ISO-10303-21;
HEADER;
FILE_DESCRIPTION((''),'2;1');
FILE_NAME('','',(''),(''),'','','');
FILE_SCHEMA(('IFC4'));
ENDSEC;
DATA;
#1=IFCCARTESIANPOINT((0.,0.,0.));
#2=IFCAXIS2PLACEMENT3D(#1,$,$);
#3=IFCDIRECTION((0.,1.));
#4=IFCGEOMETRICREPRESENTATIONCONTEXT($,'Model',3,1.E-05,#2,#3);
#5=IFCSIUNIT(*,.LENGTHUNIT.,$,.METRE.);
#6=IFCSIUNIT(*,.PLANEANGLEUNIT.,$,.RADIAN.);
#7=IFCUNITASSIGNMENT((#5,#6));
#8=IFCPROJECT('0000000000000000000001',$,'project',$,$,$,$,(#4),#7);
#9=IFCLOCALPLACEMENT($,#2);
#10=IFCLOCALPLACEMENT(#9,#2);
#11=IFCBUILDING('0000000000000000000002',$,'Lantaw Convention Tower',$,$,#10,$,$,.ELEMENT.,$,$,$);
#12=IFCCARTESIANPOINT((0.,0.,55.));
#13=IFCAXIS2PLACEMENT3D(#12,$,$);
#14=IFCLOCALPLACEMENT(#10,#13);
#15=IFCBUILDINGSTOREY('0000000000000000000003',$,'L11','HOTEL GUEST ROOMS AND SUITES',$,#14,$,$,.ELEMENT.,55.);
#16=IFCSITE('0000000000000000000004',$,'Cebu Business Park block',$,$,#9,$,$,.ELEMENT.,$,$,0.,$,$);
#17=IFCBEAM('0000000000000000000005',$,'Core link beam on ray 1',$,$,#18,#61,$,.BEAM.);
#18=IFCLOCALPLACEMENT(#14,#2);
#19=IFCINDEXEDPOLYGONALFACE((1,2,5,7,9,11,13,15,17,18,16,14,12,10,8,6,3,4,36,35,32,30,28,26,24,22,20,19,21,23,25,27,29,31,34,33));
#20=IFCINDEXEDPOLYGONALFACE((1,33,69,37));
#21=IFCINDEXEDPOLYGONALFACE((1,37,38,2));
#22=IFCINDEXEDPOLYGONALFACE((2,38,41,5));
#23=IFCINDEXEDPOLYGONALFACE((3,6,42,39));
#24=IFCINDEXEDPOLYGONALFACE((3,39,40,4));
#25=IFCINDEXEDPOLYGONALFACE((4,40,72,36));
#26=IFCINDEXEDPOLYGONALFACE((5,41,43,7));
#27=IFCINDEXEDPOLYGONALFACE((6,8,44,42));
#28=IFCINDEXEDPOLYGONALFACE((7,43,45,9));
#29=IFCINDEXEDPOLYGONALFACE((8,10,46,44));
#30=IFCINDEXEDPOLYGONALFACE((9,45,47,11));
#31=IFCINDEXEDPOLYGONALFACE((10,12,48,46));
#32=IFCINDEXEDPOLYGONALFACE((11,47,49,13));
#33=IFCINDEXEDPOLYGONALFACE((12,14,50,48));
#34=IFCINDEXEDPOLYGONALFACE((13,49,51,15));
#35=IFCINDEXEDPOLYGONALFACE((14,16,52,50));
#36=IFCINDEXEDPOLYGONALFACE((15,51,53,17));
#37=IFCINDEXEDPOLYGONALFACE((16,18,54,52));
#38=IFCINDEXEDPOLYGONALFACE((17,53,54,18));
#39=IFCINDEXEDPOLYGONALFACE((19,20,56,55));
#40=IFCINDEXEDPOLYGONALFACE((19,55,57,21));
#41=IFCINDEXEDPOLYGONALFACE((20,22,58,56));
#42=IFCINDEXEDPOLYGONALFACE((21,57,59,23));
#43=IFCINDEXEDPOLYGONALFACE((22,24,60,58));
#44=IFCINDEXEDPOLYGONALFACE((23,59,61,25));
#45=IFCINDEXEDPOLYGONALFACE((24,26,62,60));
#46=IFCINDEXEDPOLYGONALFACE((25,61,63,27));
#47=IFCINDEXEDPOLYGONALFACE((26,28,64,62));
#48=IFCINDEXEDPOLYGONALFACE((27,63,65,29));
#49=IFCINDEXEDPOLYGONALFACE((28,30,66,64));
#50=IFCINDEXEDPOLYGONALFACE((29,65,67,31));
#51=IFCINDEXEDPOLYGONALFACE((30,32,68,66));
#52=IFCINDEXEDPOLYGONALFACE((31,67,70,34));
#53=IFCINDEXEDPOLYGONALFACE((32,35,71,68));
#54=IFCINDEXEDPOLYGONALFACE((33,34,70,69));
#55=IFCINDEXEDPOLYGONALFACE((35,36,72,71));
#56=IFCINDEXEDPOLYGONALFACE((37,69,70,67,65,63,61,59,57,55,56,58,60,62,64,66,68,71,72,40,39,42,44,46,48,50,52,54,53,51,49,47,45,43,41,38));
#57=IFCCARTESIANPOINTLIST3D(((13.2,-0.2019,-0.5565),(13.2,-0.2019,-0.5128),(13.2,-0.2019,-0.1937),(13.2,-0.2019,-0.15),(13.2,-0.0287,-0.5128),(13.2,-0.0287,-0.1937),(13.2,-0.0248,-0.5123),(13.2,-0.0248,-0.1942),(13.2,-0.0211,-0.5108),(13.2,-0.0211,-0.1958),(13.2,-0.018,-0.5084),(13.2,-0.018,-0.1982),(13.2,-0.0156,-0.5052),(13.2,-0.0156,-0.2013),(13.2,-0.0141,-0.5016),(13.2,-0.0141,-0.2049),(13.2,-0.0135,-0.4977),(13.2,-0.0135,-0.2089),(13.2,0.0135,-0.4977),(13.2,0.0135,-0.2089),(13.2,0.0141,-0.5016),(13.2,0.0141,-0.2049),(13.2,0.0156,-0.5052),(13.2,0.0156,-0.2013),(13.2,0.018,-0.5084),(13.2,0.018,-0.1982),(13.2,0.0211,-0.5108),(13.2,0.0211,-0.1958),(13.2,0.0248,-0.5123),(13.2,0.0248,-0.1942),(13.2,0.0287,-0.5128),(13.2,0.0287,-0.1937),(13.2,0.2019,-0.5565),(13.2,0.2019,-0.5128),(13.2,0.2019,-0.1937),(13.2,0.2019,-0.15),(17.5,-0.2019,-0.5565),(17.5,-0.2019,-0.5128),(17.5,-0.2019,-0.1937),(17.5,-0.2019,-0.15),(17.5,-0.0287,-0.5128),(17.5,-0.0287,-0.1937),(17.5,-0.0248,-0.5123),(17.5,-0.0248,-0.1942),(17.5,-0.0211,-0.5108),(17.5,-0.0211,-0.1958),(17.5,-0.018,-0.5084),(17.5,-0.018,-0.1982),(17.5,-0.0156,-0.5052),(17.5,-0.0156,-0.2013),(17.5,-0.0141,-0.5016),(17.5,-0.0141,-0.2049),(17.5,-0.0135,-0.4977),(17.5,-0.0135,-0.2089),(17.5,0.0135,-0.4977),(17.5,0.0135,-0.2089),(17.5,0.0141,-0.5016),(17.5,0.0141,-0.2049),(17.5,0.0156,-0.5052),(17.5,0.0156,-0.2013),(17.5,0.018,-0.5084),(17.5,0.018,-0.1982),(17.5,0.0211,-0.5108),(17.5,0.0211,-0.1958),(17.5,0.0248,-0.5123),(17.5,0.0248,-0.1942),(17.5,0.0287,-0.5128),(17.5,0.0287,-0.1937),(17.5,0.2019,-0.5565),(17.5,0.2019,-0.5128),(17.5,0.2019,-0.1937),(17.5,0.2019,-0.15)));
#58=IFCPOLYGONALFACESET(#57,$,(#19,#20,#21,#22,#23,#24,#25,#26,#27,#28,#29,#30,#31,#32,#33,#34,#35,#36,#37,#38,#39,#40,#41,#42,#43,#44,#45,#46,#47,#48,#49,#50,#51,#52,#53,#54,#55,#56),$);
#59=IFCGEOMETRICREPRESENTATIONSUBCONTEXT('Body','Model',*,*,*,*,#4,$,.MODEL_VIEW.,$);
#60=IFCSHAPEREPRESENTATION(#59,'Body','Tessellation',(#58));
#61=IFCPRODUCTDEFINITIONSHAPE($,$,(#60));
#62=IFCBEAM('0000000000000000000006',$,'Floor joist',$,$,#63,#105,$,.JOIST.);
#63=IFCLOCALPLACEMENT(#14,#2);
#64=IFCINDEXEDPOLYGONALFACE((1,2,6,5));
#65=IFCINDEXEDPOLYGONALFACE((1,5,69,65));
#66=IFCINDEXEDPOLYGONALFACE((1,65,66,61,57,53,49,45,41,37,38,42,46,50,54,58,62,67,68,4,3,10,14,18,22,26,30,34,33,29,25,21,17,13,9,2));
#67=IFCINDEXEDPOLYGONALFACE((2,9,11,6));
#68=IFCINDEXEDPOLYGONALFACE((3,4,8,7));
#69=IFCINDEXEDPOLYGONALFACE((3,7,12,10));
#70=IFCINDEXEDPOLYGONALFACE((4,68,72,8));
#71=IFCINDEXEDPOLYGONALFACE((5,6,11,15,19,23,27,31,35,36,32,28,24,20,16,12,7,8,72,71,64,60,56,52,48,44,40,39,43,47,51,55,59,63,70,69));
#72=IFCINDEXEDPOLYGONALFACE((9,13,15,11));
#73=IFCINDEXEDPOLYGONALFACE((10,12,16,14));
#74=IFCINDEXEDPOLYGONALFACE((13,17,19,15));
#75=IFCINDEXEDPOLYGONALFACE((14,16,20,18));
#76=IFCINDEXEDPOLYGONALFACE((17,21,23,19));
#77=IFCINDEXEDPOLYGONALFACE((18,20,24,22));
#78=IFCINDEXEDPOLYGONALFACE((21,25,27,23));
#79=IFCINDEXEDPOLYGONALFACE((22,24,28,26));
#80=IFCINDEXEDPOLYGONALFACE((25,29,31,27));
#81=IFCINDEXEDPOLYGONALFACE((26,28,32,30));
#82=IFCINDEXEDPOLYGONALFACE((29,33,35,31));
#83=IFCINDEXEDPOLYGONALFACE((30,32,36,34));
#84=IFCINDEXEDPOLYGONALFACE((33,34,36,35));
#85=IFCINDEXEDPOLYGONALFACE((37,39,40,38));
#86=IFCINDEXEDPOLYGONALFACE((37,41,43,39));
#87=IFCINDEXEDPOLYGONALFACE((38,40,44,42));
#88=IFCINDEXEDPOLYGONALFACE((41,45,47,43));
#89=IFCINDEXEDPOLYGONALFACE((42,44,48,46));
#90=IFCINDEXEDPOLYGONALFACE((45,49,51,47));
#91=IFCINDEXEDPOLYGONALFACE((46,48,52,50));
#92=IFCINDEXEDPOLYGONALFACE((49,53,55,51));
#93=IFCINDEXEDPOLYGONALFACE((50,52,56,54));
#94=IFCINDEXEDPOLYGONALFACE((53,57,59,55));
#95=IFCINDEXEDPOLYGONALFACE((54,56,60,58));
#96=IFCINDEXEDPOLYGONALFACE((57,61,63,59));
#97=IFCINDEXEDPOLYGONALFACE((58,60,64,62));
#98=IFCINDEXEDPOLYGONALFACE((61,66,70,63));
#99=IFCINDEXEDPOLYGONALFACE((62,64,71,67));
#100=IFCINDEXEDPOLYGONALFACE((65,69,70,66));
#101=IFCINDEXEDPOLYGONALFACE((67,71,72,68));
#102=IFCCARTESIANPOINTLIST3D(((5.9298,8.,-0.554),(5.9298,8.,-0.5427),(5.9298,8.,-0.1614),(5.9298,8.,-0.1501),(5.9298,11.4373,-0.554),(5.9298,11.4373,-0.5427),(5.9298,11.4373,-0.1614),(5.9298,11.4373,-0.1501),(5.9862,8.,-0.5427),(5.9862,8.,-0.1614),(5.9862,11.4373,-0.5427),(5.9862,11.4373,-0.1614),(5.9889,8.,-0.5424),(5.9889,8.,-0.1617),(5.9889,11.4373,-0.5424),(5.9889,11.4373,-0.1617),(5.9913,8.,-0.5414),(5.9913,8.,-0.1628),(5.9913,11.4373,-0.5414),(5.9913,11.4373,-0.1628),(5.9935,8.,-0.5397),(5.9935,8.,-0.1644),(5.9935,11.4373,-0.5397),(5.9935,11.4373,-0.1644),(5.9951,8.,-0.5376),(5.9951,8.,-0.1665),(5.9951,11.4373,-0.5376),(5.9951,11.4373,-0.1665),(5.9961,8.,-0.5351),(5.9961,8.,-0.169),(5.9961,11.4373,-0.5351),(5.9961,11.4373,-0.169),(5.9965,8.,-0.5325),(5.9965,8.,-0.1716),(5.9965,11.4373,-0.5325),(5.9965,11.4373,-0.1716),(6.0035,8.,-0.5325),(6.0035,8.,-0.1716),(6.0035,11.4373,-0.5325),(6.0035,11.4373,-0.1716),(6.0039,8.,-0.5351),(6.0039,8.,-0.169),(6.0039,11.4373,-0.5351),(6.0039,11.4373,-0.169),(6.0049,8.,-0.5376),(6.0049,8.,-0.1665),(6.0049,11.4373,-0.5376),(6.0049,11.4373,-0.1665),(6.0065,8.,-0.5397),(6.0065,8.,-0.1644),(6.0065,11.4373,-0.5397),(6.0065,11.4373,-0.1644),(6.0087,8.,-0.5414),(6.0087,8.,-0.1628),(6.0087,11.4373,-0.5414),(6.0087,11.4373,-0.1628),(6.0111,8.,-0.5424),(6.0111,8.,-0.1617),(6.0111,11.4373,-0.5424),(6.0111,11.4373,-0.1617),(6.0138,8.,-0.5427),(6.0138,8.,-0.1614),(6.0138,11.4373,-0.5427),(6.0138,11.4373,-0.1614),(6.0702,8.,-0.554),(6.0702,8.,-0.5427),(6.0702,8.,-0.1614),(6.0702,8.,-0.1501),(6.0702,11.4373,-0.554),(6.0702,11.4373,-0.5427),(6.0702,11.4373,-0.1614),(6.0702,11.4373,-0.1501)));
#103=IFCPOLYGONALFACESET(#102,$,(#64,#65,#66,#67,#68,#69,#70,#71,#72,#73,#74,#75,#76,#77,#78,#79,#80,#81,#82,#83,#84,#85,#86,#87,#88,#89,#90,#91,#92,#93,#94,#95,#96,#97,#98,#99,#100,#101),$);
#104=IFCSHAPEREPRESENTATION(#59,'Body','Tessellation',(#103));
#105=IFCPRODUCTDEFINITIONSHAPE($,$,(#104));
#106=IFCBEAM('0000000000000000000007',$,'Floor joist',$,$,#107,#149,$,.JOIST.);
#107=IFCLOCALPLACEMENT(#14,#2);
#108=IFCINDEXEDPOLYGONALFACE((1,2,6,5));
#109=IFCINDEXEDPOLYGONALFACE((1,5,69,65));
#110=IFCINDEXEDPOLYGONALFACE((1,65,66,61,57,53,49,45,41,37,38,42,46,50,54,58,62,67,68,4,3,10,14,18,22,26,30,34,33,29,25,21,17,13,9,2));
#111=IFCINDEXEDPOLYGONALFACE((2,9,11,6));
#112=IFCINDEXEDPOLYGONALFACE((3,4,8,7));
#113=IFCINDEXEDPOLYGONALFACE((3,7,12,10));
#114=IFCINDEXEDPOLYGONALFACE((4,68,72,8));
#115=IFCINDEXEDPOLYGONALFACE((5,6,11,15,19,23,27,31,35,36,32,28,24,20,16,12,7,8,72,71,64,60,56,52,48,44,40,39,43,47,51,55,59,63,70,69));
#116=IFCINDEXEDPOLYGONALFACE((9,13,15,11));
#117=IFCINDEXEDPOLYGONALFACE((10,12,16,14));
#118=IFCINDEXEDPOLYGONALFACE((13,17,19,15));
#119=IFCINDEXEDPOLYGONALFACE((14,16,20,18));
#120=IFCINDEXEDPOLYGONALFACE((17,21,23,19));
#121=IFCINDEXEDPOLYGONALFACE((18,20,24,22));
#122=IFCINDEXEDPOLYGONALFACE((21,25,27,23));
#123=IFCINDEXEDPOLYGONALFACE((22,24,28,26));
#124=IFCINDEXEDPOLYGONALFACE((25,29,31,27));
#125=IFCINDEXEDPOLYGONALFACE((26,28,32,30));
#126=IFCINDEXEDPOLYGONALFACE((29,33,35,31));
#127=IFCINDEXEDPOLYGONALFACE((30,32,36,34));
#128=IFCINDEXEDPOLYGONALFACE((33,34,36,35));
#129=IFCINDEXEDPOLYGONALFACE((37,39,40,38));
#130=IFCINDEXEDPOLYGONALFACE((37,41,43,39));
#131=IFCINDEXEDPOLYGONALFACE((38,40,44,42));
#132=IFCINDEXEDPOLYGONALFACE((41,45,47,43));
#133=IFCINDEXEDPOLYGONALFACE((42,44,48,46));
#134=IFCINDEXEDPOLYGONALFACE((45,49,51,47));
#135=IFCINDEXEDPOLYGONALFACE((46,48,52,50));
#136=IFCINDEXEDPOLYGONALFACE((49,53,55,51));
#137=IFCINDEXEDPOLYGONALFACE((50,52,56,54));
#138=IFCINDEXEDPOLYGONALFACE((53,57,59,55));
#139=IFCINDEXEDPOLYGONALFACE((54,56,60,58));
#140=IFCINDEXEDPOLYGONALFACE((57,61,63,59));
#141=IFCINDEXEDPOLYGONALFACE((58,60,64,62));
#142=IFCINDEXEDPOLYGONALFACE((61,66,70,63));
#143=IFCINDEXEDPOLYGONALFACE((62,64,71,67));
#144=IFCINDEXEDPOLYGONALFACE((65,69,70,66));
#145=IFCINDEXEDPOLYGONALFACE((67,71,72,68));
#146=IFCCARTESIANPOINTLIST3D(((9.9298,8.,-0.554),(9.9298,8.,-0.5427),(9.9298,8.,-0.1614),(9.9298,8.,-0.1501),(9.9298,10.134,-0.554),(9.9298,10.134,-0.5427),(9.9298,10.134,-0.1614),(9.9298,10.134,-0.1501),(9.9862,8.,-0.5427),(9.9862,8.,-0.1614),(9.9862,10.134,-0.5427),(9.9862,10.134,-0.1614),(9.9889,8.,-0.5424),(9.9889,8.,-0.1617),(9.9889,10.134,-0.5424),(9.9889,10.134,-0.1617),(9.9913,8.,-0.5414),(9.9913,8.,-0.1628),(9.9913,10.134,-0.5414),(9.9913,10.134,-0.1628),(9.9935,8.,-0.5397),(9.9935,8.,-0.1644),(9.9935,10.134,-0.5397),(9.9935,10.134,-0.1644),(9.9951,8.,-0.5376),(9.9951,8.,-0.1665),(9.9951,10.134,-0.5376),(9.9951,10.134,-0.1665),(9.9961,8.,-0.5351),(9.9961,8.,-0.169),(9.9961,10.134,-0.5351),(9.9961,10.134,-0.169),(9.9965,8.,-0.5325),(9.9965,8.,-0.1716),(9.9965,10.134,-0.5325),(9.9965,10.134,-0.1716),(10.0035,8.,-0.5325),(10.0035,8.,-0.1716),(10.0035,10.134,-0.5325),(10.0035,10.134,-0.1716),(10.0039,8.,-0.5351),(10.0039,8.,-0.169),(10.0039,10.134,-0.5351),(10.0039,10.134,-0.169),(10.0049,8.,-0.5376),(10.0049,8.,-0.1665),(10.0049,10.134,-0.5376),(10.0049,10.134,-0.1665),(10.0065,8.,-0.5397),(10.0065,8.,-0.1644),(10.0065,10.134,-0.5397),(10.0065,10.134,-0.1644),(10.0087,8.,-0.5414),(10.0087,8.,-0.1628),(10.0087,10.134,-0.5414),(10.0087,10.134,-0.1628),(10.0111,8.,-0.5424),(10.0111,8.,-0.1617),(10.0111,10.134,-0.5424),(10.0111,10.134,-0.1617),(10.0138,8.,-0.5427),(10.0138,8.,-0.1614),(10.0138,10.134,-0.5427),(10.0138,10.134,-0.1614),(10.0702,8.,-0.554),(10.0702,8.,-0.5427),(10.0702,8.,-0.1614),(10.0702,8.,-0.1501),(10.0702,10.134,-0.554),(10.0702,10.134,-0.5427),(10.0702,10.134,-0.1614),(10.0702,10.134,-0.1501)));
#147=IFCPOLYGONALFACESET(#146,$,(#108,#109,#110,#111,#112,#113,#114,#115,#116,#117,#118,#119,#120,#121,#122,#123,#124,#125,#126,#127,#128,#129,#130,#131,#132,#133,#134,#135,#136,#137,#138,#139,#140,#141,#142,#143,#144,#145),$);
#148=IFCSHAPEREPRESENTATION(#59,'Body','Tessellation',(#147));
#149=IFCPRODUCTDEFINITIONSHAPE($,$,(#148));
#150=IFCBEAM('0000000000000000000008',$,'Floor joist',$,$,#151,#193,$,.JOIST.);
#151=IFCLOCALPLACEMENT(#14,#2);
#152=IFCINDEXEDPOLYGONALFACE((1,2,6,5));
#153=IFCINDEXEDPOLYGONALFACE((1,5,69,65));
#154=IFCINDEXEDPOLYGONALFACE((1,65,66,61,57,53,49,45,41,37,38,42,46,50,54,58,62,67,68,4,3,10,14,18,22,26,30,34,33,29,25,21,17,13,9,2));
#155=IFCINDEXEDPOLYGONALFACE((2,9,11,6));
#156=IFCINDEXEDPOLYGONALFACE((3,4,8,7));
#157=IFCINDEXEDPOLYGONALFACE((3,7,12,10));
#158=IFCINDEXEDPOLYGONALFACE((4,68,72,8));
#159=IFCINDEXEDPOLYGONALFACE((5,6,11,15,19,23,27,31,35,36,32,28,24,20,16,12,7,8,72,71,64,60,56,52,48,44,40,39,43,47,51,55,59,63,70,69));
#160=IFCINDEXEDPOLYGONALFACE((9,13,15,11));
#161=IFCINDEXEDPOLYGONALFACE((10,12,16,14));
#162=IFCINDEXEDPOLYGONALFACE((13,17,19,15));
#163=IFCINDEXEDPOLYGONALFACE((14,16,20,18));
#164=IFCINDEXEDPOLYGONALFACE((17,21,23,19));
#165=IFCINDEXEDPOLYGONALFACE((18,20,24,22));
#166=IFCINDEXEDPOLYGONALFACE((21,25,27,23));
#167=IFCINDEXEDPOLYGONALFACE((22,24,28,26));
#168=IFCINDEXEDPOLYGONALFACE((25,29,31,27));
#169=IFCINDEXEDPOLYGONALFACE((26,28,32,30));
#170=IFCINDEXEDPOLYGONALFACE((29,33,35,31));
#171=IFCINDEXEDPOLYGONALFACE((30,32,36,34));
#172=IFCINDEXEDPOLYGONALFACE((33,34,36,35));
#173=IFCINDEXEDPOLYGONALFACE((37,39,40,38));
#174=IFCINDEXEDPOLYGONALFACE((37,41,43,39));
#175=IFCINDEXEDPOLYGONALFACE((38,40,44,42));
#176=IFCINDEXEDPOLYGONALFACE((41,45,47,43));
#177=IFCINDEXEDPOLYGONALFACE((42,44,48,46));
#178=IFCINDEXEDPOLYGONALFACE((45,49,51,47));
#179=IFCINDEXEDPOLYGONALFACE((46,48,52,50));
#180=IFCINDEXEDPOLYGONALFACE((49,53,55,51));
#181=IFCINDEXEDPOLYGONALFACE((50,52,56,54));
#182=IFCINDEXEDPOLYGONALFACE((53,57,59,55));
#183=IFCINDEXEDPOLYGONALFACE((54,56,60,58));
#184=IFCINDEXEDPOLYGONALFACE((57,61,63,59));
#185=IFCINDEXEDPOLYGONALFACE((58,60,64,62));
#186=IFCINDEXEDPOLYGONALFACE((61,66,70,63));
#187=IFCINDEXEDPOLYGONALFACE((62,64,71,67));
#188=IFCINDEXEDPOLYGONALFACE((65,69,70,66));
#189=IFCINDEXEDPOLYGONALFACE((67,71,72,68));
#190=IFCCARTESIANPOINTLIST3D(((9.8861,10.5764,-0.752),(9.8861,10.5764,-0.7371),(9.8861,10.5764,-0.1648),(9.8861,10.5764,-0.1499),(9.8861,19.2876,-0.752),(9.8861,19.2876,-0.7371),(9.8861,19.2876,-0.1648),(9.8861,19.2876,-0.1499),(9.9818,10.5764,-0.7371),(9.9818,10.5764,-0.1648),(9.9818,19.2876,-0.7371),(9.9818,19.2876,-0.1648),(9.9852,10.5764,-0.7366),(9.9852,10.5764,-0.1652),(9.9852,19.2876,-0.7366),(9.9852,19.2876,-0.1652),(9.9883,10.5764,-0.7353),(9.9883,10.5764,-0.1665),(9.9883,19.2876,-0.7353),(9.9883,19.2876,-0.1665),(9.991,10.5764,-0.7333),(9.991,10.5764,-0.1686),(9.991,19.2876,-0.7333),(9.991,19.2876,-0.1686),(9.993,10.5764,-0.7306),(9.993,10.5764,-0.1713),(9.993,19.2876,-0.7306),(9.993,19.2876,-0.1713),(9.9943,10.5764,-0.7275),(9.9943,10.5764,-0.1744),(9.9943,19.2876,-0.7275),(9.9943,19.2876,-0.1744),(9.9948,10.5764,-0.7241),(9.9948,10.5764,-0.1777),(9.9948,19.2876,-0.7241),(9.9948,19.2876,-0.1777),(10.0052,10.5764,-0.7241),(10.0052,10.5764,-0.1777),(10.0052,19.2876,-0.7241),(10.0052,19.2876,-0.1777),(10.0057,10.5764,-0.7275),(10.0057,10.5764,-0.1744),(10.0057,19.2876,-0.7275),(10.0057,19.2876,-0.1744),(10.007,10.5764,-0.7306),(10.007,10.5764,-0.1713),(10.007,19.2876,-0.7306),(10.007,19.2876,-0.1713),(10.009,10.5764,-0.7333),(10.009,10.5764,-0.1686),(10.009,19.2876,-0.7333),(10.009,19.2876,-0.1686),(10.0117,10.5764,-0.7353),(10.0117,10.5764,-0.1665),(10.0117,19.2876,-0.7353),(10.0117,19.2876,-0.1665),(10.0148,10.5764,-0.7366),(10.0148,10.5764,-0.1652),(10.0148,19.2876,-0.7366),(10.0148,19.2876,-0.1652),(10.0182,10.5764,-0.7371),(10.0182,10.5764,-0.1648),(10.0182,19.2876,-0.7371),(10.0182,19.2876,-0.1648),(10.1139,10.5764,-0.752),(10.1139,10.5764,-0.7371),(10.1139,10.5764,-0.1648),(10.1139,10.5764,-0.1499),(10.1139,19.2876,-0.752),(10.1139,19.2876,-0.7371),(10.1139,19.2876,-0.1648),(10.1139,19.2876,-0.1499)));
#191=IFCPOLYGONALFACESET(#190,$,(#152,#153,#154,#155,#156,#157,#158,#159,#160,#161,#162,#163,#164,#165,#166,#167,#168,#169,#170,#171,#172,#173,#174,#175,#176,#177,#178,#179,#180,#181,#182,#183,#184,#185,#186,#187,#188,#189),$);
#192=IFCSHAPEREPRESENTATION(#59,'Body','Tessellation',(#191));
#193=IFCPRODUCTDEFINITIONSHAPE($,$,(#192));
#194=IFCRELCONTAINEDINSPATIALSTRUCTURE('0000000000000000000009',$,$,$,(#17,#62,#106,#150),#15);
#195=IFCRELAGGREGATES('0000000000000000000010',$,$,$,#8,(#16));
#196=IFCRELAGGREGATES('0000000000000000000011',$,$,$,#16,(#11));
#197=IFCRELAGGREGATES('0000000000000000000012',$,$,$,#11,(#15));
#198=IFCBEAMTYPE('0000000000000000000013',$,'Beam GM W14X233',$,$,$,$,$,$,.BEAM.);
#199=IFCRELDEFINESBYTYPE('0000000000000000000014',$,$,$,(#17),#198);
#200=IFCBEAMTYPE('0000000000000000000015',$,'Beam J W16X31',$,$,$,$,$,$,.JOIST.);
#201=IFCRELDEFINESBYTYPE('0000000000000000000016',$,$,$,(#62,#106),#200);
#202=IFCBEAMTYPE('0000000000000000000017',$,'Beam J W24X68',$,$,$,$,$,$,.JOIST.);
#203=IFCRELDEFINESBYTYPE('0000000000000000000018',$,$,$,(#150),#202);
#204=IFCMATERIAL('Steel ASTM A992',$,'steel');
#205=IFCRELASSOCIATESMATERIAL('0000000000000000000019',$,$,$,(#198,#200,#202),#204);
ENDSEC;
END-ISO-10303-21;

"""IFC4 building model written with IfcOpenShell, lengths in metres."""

from ifc_helpers import new_model, si_unit, direction, frame, origin, origin_2d, place, context, subcontext, project, spatial, i_section, extrude, material, material_profile, profile_set, type_object, element, save


model = new_model("IFC4")

# Units and contexts
model_context = context("Model", 3, precision=1e-05, world=origin(), true_north=direction((0.0, 1.0)))
body_context = subcontext(model_context, "Body", "Model", "MODEL_VIEW")
ifc_project = project(units=[si_unit("LENGTHUNIT", "METRE"), si_unit("PLANEANGLEUNIT", "RADIAN")], contexts=[model_context])

# Site, building, storey
site_placement = place(None, origin())
site = spatial("IfcSite", under=ifc_project, at=site_placement, Name="Cebu Business Park block", CompositionType="ELEMENT", RefElevation=0.0)
building_placement = place(site_placement, origin())
building = spatial("IfcBuilding", under=site, at=building_placement, Name="Lantaw Convention Tower", CompositionType="ELEMENT")
storey_placement = place(building_placement, frame((0.0, 0.0, 55.0)))
storey = spatial("IfcBuildingStorey", under=building, at=storey_placement, Name="L11", Description="HOTEL GUEST ROOMS AND SUITES", CompositionType="ELEMENT", Elevation=55.0)

# Beams
ifc_material_1 = material(Name="Steel ASTM A992", Category="steel")
ifc_material_profile_1 = material_profile(ifc_material_1, i_section(OverallWidth=0.4038, OverallDepth=0.4065, WebThickness=0.0271, FlangeThickness=0.0437, FilletRadius=0.0151, at=origin_2d()), Name="W14X233")
ifc_profile_set_1 = profile_set([ifc_material_profile_1], Name="Steel ASTM A992")
beam_type_1 = type_object("IfcBeamType", Name="Beam GM W14X233", PredefinedType="BEAM", material=ifc_profile_set_1)
beam_1_placement = place(storey_placement, frame((13.2, 0.0, -0.3533), z_axis=(1.0, 0.0, 0.0), x_axis=(0.0, 1.0, 0.0)))
element("IfcBeam", 1, at=beam_1_placement, inside=storey, type_object=beam_type_1, Name="Core link beam on ray 1", PredefinedType="BEAM", context=body_context, shape_type="SweptSolid", body=[
    extrude(i_section(OverallWidth=0.4038, OverallDepth=0.4065, WebThickness=0.0271, FlangeThickness=0.0437, FilletRadius=0.0151, at=origin_2d()), origin(), (0.0, 0.0, 1.0), 4.3),
])
ifc_material_profile_2 = material_profile(ifc_material_1, i_section(OverallWidth=0.1404, OverallDepth=0.4038, WebThickness=0.0071, FlangeThickness=0.0112, FilletRadius=0.0103, at=origin_2d()), Name="W16X31")
ifc_profile_set_2 = profile_set([ifc_material_profile_2], Name="Steel ASTM A992")
beam_type_2 = type_object("IfcBeamType", Name="Beam J W16X31", PredefinedType="JOIST", material=ifc_profile_set_2)
beam_2_placement = place(storey_placement, frame((6.0, 8.0, -0.3521), z_axis=(0.0, 1.0, 0.0), x_axis=(-1.0, 0.0, 0.0)))
element("IfcBeam", 2, at=beam_2_placement, inside=storey, type_object=beam_type_2, Name="Floor joist", PredefinedType="JOIST", context=body_context, shape_type="SweptSolid", body=[
    extrude(i_section(OverallWidth=0.1404, OverallDepth=0.4038, WebThickness=0.0071, FlangeThickness=0.0112, FilletRadius=0.0103, at=origin_2d()), origin(), (0.0, 0.0, 1.0), 3.4373),
])
beam_3_placement = place(storey_placement, frame((10.0, 8.0, -0.3521), z_axis=(0.0, 1.0, 0.0), x_axis=(-1.0, 0.0, 0.0)))
element("IfcBeam", 3, at=beam_3_placement, inside=storey, type_object=beam_type_2, Name="Floor joist", PredefinedType="JOIST", context=body_context, shape_type="SweptSolid", body=[
    extrude(i_section(OverallWidth=0.1404, OverallDepth=0.4038, WebThickness=0.0071, FlangeThickness=0.0112, FilletRadius=0.0103, at=origin_2d()), origin(), (0.0, 0.0, 1.0), 2.134),
])
ifc_material_profile_3 = material_profile(ifc_material_1, i_section(OverallWidth=0.2278, OverallDepth=0.6021, WebThickness=0.0105, FlangeThickness=0.0149, FilletRadius=0.0129, at=origin_2d()), Name="W24X68")
ifc_profile_set_3 = profile_set([ifc_material_profile_3], Name="Steel ASTM A992")
beam_type_3 = type_object("IfcBeamType", Name="Beam J W24X68", PredefinedType="JOIST", material=ifc_profile_set_3)
beam_4_placement = place(storey_placement, frame((10.0, 10.5764, -0.4509), z_axis=(0.0, 1.0, 0.0), x_axis=(-1.0, 0.0, 0.0)))
element("IfcBeam", 4, at=beam_4_placement, inside=storey, type_object=beam_type_3, Name="Floor joist", PredefinedType="JOIST", context=body_context, shape_type="SweptSolid", body=[
    extrude(i_section(OverallWidth=0.2278, OverallDepth=0.6021, WebThickness=0.0105, FlangeThickness=0.0149, FilletRadius=0.0129, at=origin_2d()), origin(), (0.0, 0.0, 1.0), 8.7112),
])

save(model, "model.ifc")
